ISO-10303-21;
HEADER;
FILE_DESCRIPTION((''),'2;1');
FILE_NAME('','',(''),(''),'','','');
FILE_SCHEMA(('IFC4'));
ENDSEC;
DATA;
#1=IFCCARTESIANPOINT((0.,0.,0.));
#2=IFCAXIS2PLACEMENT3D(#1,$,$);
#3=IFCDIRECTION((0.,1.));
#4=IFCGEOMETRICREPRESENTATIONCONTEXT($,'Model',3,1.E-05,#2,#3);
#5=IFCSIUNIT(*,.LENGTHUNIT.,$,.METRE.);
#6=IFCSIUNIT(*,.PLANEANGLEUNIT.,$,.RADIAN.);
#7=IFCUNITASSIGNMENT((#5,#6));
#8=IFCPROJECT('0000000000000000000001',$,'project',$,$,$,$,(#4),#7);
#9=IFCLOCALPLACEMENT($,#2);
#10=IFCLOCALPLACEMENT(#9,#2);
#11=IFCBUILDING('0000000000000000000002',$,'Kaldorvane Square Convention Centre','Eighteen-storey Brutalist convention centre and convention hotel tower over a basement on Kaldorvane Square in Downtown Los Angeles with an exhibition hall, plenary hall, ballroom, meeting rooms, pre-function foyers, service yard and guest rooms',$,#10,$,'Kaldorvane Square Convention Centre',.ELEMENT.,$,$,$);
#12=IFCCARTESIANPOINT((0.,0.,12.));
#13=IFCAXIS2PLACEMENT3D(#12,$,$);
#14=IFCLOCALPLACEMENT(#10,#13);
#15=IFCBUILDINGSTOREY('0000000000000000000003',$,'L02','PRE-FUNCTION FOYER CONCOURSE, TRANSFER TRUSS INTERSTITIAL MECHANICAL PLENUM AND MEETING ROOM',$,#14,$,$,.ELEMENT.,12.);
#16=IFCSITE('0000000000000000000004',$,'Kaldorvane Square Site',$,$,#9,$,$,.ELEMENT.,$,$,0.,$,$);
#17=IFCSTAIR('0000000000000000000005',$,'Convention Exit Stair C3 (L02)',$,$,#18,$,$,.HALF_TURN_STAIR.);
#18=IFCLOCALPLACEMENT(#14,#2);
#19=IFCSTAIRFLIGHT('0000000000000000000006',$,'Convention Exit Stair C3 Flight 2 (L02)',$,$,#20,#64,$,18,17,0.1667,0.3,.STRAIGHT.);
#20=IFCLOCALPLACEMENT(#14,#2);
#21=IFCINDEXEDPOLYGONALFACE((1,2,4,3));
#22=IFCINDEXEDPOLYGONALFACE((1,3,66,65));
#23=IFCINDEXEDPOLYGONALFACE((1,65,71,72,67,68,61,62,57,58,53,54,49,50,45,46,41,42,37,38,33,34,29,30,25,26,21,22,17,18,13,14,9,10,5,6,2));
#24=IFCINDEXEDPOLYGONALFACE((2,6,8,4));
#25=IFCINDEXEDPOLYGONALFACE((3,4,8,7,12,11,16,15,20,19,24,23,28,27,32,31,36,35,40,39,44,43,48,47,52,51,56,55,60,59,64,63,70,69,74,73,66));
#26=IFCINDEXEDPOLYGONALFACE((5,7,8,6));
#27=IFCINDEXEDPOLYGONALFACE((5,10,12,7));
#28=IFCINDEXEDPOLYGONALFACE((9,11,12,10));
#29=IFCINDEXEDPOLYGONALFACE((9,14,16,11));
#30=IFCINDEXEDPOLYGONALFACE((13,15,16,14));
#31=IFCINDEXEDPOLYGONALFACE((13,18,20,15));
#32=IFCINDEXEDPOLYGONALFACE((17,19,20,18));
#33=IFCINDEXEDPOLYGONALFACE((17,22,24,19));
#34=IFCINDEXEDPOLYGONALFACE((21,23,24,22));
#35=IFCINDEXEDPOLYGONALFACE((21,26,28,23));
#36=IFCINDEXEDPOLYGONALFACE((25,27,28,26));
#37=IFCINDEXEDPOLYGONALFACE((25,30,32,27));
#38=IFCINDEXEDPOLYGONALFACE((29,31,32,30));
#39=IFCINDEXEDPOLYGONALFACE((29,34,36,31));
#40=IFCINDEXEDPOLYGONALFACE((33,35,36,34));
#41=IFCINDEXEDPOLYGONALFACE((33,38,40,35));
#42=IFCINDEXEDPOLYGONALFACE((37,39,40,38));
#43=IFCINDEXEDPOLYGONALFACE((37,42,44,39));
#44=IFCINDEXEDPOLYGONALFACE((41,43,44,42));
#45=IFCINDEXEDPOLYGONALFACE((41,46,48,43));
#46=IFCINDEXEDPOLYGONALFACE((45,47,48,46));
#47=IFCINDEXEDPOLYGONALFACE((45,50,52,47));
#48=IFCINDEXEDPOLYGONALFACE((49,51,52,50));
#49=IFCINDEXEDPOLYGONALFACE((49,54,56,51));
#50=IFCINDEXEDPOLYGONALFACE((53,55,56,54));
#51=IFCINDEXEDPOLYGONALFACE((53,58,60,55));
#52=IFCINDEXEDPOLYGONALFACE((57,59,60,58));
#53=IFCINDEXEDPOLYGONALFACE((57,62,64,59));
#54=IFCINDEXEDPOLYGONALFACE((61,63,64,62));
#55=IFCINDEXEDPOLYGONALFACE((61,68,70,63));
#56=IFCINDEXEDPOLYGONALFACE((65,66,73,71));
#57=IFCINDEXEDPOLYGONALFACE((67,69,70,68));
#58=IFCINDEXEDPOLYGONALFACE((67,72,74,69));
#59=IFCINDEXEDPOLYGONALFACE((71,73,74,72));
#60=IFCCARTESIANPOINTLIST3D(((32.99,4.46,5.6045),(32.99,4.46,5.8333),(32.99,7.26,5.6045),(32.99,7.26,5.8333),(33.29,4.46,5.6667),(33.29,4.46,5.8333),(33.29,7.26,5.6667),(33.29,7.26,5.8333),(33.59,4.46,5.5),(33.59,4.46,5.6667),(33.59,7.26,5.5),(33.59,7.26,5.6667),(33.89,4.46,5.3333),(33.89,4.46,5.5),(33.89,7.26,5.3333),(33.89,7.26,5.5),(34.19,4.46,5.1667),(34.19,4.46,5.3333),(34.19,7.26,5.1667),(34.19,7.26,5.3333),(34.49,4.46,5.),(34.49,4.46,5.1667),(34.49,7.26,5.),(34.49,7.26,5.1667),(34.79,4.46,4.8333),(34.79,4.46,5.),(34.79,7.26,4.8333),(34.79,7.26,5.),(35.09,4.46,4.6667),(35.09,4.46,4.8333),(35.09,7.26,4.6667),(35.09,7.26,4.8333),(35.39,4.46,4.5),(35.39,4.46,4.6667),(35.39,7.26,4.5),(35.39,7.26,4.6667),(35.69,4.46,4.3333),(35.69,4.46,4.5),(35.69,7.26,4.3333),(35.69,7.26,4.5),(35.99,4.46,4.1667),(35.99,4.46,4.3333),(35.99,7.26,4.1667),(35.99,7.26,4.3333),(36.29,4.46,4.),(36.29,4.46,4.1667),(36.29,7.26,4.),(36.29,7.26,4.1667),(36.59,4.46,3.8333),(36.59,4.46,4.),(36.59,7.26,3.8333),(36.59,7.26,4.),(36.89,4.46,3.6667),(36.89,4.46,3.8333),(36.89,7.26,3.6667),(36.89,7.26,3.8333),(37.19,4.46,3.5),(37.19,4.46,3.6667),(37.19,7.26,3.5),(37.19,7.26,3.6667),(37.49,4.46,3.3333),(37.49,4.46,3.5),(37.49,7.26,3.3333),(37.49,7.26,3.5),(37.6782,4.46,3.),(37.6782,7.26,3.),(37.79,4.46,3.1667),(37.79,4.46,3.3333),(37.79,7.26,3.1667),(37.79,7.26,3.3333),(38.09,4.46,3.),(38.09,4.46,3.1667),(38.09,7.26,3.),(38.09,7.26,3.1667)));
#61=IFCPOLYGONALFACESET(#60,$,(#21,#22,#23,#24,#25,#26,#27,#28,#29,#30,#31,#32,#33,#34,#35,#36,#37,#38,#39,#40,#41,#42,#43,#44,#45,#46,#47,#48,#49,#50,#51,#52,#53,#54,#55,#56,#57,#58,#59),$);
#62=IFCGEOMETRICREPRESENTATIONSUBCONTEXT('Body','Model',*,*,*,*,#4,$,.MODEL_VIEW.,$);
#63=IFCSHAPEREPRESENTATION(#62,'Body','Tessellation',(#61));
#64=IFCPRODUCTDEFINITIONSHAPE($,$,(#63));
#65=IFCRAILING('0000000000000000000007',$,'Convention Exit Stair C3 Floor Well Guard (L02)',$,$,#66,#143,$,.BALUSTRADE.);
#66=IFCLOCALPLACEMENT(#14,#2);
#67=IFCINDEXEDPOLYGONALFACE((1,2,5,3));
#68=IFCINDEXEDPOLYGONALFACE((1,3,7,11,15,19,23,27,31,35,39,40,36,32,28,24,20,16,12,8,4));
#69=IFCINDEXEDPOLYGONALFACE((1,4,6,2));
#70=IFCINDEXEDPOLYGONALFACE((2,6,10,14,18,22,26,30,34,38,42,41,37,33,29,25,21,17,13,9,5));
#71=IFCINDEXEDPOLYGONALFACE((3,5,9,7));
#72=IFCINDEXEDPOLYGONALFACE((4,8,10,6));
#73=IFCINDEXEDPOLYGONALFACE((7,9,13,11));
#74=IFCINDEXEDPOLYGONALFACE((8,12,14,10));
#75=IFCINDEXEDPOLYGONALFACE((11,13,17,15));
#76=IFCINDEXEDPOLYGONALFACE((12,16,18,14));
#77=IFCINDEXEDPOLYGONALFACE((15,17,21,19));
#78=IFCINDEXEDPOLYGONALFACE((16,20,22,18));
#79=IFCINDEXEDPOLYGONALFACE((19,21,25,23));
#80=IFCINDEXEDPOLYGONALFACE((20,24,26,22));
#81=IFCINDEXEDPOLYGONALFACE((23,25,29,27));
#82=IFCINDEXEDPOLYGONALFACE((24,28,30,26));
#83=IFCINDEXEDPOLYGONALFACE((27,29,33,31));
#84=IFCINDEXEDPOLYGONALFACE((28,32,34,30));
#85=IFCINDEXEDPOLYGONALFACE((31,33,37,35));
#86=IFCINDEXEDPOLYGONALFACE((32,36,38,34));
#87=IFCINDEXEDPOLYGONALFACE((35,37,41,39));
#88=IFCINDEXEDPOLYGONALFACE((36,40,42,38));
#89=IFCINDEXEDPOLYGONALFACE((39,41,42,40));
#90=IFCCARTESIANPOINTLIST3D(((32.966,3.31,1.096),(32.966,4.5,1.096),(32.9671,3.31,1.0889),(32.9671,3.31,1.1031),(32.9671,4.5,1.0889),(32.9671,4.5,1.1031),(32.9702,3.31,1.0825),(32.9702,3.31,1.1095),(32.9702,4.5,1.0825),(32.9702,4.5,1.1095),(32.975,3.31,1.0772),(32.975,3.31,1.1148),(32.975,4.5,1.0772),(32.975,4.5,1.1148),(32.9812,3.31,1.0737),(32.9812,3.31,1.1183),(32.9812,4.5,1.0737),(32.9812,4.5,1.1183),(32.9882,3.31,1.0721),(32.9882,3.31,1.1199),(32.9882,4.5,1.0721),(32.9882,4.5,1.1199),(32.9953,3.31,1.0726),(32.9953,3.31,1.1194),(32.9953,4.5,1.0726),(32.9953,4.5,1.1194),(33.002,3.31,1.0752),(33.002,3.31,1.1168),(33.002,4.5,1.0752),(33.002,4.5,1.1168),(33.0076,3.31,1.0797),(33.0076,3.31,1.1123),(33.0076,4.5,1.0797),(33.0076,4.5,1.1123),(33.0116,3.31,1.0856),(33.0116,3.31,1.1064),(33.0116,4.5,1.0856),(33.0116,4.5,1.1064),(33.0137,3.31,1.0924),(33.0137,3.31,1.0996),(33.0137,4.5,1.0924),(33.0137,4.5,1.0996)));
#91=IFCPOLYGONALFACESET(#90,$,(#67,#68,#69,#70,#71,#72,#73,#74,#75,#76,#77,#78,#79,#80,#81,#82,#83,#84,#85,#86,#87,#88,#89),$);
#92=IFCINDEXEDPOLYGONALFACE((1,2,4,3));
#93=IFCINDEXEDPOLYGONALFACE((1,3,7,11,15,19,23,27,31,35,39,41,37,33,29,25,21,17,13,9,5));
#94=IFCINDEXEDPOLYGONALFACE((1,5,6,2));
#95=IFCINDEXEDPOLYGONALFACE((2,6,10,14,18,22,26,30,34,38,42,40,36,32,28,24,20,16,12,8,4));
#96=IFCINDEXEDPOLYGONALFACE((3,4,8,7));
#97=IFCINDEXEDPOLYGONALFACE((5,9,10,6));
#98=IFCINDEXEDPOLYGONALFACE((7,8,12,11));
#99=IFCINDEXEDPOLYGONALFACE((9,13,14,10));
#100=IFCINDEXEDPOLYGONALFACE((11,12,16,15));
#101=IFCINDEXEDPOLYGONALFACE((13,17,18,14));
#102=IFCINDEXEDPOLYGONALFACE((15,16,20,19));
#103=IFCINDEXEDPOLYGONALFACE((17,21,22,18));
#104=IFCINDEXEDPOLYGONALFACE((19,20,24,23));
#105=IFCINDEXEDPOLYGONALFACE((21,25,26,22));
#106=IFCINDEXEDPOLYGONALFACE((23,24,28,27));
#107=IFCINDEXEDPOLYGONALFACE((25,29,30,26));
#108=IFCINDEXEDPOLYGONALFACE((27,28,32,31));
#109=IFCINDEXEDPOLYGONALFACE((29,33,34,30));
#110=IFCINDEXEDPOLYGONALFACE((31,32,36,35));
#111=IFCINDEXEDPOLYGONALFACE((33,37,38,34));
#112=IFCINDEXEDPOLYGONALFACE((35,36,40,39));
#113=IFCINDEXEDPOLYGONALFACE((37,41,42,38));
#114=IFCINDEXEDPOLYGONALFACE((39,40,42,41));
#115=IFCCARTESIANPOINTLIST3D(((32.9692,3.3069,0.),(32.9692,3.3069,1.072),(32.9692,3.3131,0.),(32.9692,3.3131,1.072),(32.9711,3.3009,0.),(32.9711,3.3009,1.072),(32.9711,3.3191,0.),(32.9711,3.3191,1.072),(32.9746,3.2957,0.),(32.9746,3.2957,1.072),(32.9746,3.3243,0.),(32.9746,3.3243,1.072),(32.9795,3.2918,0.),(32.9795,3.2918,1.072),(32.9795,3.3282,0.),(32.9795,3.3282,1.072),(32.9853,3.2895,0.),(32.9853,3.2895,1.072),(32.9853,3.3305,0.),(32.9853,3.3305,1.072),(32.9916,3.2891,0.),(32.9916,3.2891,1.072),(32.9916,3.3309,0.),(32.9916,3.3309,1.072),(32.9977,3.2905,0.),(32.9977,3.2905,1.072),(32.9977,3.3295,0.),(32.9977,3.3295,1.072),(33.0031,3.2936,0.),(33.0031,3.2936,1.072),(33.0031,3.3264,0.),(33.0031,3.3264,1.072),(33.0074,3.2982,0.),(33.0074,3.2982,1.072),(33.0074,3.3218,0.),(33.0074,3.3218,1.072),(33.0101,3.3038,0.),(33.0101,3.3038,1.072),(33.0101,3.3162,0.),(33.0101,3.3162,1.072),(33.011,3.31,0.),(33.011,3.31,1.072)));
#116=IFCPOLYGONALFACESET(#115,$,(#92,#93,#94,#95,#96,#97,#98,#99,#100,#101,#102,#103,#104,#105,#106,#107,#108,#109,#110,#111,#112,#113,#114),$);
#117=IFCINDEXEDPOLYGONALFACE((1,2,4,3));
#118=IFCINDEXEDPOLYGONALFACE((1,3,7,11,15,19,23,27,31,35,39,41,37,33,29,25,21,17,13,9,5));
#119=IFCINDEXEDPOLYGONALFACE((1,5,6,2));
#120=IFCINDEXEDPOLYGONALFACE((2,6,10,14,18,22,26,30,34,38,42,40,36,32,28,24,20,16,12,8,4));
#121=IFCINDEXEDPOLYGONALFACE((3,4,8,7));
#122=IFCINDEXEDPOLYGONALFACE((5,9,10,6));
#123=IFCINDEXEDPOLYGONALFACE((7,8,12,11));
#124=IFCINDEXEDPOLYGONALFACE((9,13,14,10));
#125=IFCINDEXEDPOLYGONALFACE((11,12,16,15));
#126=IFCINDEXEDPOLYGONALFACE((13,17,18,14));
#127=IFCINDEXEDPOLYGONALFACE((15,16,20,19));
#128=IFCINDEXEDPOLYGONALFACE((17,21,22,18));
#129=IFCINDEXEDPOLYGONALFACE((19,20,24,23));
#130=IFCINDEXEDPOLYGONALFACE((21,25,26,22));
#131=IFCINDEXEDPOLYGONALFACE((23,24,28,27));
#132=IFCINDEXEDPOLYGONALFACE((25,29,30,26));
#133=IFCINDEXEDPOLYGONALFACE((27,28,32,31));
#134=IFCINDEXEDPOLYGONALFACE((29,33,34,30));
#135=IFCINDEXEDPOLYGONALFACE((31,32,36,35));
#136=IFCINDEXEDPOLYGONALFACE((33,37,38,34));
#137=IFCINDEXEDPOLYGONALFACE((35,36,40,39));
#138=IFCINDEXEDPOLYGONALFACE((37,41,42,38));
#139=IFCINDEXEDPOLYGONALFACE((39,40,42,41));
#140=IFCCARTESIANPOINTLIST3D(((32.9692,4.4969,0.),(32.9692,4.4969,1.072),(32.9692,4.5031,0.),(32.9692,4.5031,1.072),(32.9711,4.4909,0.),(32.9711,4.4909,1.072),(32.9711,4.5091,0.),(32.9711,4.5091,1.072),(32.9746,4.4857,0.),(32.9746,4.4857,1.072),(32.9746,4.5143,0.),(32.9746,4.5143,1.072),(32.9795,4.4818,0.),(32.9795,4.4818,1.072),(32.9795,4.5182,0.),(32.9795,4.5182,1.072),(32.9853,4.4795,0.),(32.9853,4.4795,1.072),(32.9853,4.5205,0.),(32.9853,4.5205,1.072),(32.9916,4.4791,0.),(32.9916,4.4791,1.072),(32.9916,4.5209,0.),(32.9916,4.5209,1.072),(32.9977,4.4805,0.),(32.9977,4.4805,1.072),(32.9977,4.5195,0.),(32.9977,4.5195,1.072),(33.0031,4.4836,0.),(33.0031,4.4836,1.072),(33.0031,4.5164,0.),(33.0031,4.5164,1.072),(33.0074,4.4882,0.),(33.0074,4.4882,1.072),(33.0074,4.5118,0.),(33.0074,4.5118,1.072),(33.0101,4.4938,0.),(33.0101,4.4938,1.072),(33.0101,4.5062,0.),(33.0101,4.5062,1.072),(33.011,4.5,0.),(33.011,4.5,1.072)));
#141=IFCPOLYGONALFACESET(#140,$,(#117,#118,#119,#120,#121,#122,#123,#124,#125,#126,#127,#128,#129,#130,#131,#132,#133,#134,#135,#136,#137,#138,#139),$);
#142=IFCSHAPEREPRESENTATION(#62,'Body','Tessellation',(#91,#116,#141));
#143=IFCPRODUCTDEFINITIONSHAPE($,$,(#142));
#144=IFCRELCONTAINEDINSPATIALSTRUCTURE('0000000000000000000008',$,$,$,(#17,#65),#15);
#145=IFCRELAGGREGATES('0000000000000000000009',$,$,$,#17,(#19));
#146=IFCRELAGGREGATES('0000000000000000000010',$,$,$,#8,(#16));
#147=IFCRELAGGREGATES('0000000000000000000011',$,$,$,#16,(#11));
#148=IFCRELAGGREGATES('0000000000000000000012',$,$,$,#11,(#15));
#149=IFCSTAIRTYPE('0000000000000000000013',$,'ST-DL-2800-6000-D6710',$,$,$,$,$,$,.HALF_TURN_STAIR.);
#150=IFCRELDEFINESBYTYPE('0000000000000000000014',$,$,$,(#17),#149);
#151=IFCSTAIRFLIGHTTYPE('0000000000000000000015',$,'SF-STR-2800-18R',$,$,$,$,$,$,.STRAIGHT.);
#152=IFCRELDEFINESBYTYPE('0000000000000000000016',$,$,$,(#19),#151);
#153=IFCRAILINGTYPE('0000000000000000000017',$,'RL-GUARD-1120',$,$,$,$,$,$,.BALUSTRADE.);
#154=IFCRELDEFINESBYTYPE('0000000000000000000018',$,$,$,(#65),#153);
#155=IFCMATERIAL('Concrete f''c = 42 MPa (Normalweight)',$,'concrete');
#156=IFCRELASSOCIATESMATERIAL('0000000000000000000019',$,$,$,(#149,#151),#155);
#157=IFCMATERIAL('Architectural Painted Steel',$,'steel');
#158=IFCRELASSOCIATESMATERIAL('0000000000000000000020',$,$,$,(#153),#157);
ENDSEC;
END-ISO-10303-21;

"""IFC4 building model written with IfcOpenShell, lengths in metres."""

from ifc_helpers import new_model, si_unit, direction, frame, origin, origin_2d, place, context, subcontext, project, spatial, polyline, circle, outline, extrude, material, type_object, element, aggregate, save


model = new_model("IFC4")

# Units and contexts
model_context = context("Model", 3, precision=1e-05, world=origin(), true_north=direction((0.0, 1.0)))
body_context = subcontext(model_context, "Body", "Model", "MODEL_VIEW")
ifc_project = project(units=[si_unit("LENGTHUNIT", "METRE"), si_unit("PLANEANGLEUNIT", "RADIAN")], contexts=[model_context])

# Site, building, storey
site_placement = place(None, origin())
site = spatial("IfcSite", under=ifc_project, at=site_placement, Name="Kaldorvane Square Site", CompositionType="ELEMENT", RefElevation=0.0)
building_placement = place(site_placement, origin())
building = spatial("IfcBuilding", under=site, at=building_placement, Name="Kaldorvane Square Convention Centre", Description="Eighteen-storey Brutalist convention centre and convention hotel tower over a basement on Kaldorvane Square in Downtown Los Angeles with an exhibition hall, plenary hall, ballroom, meeting rooms, pre-function foyers, service yard and guest rooms", LongName="Kaldorvane Square Convention Centre", CompositionType="ELEMENT")
storey_placement = place(building_placement, frame((0.0, 0.0, 12.0)))
storey = spatial("IfcBuildingStorey", under=building, at=storey_placement, Name="L02", Description="PRE-FUNCTION FOYER CONCOURSE, TRANSFER TRUSS INTERSTITIAL MECHANICAL PLENUM AND MEETING ROOM", CompositionType="ELEMENT", Elevation=12.0)

# Stair, stair flight
ifc_material_1 = material(Name="Concrete f'c = 42 MPa (Normalweight)", Category="concrete")
stair_type = type_object("IfcStairType", Name="ST-DL-2800-6000-D6710", PredefinedType="HALF_TURN_STAIR", material=ifc_material_1)
stair_placement = place(storey_placement, origin())
stair = element("IfcStair", 1, at=stair_placement, inside=storey, type_object=stair_type, Name="Convention Exit Stair C3 (L02)", PredefinedType="HALF_TURN_STAIR")
stair_flight_type = type_object("IfcStairFlightType", Name="SF-STR-2800-18R", PredefinedType="STRAIGHT", material=ifc_material_1)
stair_flight_placement = place(storey_placement, frame((38.09, 5.86, 3.0), z_axis=(0.0, 0.0, 1.0), x_axis=(-1.0, 0.0, 0.0)))
stair_flight = element("IfcStairFlight", 2, at=stair_flight_placement, type_object=stair_flight_type, Name="Convention Exit Stair C3 Flight 2 (L02)", NumberOfRisers=18, NumberOfTreads=17, PredefinedType="STRAIGHT", RiserHeight=0.1667, TreadLength=0.3, context=body_context, shape_type="SweptSolid", body=[
    extrude(outline(polyline([(0.0, 0.0), (0.0, 0.1667), (0.3, 0.1667), (0.3, 0.3333), (0.6, 0.3333), (0.6, 0.5), (0.9, 0.5), (0.9, 0.6667), (1.2, 0.6667), (1.2, 0.8333), (1.5, 0.8333), (1.5, 1.0), (1.8, 1.0), (1.8, 1.1667), (2.1, 1.1667), (2.1, 1.3333), (2.4, 1.3333), (2.4, 1.5), (2.7, 1.5), (2.7, 1.6667), (3.0, 1.6667), (3.0, 1.8333), (3.3, 1.8333), (3.3, 2.0), (3.6, 2.0), (3.6, 2.1667), (3.9, 2.1667), (3.9, 2.3333), (4.2, 2.3333), (4.2, 2.5), (4.5, 2.5), (4.5, 2.6667), (4.8, 2.6667), (4.8, 2.8333), (5.1, 2.8333), (5.1, 3.0), (5.1, 2.6045), (0.4118, 0.0), (0.0, 0.0)])), frame((0.0, 1.4, 0.0), z_axis=(0.0, -1.0, 0.0), x_axis=(1.0, 0.0, 0.0)), (0.0, 0.0, 1.0), 2.8),
])
aggregate(stair, [stair_flight])

# Railing
ifc_material_2 = material(Name="Architectural Painted Steel", Category="steel")
railing_type_1 = type_object("IfcRailingType", Name="RL-GUARD-1120", PredefinedType="BALUSTRADE", material=ifc_material_2)
for number, where, name in (
    (3, (32.99, 3.31, 0.0), "Convention Exit Stair C3 Floor Well Guard (L02)"),
):
    element("IfcRailing", number, at=place(storey_placement, frame(where)), inside=storey, type_object=railing_type_1, Name=name, PredefinedType="BALUSTRADE", context=body_context, shape_type="SweptSolid", body=[
        extrude(circle(Radius=0.024, at=origin_2d()), frame((0.0, 0.0, 1.096), z_axis=(0.0, 1.0, 0.0), x_axis=(-1.0, 0.0, 0.0)), (0.0, 0.0, 1.0), 1.19),
        extrude(circle(Radius=0.021, at=origin_2d()), origin(), (0.0, 0.0, 1.0), 1.072),
        extrude(circle(Radius=0.021, at=origin_2d()), frame((0.0, 1.19, 0.0)), (0.0, 0.0, 1.0), 1.072),
    ])

save(model, "model.ifc")
